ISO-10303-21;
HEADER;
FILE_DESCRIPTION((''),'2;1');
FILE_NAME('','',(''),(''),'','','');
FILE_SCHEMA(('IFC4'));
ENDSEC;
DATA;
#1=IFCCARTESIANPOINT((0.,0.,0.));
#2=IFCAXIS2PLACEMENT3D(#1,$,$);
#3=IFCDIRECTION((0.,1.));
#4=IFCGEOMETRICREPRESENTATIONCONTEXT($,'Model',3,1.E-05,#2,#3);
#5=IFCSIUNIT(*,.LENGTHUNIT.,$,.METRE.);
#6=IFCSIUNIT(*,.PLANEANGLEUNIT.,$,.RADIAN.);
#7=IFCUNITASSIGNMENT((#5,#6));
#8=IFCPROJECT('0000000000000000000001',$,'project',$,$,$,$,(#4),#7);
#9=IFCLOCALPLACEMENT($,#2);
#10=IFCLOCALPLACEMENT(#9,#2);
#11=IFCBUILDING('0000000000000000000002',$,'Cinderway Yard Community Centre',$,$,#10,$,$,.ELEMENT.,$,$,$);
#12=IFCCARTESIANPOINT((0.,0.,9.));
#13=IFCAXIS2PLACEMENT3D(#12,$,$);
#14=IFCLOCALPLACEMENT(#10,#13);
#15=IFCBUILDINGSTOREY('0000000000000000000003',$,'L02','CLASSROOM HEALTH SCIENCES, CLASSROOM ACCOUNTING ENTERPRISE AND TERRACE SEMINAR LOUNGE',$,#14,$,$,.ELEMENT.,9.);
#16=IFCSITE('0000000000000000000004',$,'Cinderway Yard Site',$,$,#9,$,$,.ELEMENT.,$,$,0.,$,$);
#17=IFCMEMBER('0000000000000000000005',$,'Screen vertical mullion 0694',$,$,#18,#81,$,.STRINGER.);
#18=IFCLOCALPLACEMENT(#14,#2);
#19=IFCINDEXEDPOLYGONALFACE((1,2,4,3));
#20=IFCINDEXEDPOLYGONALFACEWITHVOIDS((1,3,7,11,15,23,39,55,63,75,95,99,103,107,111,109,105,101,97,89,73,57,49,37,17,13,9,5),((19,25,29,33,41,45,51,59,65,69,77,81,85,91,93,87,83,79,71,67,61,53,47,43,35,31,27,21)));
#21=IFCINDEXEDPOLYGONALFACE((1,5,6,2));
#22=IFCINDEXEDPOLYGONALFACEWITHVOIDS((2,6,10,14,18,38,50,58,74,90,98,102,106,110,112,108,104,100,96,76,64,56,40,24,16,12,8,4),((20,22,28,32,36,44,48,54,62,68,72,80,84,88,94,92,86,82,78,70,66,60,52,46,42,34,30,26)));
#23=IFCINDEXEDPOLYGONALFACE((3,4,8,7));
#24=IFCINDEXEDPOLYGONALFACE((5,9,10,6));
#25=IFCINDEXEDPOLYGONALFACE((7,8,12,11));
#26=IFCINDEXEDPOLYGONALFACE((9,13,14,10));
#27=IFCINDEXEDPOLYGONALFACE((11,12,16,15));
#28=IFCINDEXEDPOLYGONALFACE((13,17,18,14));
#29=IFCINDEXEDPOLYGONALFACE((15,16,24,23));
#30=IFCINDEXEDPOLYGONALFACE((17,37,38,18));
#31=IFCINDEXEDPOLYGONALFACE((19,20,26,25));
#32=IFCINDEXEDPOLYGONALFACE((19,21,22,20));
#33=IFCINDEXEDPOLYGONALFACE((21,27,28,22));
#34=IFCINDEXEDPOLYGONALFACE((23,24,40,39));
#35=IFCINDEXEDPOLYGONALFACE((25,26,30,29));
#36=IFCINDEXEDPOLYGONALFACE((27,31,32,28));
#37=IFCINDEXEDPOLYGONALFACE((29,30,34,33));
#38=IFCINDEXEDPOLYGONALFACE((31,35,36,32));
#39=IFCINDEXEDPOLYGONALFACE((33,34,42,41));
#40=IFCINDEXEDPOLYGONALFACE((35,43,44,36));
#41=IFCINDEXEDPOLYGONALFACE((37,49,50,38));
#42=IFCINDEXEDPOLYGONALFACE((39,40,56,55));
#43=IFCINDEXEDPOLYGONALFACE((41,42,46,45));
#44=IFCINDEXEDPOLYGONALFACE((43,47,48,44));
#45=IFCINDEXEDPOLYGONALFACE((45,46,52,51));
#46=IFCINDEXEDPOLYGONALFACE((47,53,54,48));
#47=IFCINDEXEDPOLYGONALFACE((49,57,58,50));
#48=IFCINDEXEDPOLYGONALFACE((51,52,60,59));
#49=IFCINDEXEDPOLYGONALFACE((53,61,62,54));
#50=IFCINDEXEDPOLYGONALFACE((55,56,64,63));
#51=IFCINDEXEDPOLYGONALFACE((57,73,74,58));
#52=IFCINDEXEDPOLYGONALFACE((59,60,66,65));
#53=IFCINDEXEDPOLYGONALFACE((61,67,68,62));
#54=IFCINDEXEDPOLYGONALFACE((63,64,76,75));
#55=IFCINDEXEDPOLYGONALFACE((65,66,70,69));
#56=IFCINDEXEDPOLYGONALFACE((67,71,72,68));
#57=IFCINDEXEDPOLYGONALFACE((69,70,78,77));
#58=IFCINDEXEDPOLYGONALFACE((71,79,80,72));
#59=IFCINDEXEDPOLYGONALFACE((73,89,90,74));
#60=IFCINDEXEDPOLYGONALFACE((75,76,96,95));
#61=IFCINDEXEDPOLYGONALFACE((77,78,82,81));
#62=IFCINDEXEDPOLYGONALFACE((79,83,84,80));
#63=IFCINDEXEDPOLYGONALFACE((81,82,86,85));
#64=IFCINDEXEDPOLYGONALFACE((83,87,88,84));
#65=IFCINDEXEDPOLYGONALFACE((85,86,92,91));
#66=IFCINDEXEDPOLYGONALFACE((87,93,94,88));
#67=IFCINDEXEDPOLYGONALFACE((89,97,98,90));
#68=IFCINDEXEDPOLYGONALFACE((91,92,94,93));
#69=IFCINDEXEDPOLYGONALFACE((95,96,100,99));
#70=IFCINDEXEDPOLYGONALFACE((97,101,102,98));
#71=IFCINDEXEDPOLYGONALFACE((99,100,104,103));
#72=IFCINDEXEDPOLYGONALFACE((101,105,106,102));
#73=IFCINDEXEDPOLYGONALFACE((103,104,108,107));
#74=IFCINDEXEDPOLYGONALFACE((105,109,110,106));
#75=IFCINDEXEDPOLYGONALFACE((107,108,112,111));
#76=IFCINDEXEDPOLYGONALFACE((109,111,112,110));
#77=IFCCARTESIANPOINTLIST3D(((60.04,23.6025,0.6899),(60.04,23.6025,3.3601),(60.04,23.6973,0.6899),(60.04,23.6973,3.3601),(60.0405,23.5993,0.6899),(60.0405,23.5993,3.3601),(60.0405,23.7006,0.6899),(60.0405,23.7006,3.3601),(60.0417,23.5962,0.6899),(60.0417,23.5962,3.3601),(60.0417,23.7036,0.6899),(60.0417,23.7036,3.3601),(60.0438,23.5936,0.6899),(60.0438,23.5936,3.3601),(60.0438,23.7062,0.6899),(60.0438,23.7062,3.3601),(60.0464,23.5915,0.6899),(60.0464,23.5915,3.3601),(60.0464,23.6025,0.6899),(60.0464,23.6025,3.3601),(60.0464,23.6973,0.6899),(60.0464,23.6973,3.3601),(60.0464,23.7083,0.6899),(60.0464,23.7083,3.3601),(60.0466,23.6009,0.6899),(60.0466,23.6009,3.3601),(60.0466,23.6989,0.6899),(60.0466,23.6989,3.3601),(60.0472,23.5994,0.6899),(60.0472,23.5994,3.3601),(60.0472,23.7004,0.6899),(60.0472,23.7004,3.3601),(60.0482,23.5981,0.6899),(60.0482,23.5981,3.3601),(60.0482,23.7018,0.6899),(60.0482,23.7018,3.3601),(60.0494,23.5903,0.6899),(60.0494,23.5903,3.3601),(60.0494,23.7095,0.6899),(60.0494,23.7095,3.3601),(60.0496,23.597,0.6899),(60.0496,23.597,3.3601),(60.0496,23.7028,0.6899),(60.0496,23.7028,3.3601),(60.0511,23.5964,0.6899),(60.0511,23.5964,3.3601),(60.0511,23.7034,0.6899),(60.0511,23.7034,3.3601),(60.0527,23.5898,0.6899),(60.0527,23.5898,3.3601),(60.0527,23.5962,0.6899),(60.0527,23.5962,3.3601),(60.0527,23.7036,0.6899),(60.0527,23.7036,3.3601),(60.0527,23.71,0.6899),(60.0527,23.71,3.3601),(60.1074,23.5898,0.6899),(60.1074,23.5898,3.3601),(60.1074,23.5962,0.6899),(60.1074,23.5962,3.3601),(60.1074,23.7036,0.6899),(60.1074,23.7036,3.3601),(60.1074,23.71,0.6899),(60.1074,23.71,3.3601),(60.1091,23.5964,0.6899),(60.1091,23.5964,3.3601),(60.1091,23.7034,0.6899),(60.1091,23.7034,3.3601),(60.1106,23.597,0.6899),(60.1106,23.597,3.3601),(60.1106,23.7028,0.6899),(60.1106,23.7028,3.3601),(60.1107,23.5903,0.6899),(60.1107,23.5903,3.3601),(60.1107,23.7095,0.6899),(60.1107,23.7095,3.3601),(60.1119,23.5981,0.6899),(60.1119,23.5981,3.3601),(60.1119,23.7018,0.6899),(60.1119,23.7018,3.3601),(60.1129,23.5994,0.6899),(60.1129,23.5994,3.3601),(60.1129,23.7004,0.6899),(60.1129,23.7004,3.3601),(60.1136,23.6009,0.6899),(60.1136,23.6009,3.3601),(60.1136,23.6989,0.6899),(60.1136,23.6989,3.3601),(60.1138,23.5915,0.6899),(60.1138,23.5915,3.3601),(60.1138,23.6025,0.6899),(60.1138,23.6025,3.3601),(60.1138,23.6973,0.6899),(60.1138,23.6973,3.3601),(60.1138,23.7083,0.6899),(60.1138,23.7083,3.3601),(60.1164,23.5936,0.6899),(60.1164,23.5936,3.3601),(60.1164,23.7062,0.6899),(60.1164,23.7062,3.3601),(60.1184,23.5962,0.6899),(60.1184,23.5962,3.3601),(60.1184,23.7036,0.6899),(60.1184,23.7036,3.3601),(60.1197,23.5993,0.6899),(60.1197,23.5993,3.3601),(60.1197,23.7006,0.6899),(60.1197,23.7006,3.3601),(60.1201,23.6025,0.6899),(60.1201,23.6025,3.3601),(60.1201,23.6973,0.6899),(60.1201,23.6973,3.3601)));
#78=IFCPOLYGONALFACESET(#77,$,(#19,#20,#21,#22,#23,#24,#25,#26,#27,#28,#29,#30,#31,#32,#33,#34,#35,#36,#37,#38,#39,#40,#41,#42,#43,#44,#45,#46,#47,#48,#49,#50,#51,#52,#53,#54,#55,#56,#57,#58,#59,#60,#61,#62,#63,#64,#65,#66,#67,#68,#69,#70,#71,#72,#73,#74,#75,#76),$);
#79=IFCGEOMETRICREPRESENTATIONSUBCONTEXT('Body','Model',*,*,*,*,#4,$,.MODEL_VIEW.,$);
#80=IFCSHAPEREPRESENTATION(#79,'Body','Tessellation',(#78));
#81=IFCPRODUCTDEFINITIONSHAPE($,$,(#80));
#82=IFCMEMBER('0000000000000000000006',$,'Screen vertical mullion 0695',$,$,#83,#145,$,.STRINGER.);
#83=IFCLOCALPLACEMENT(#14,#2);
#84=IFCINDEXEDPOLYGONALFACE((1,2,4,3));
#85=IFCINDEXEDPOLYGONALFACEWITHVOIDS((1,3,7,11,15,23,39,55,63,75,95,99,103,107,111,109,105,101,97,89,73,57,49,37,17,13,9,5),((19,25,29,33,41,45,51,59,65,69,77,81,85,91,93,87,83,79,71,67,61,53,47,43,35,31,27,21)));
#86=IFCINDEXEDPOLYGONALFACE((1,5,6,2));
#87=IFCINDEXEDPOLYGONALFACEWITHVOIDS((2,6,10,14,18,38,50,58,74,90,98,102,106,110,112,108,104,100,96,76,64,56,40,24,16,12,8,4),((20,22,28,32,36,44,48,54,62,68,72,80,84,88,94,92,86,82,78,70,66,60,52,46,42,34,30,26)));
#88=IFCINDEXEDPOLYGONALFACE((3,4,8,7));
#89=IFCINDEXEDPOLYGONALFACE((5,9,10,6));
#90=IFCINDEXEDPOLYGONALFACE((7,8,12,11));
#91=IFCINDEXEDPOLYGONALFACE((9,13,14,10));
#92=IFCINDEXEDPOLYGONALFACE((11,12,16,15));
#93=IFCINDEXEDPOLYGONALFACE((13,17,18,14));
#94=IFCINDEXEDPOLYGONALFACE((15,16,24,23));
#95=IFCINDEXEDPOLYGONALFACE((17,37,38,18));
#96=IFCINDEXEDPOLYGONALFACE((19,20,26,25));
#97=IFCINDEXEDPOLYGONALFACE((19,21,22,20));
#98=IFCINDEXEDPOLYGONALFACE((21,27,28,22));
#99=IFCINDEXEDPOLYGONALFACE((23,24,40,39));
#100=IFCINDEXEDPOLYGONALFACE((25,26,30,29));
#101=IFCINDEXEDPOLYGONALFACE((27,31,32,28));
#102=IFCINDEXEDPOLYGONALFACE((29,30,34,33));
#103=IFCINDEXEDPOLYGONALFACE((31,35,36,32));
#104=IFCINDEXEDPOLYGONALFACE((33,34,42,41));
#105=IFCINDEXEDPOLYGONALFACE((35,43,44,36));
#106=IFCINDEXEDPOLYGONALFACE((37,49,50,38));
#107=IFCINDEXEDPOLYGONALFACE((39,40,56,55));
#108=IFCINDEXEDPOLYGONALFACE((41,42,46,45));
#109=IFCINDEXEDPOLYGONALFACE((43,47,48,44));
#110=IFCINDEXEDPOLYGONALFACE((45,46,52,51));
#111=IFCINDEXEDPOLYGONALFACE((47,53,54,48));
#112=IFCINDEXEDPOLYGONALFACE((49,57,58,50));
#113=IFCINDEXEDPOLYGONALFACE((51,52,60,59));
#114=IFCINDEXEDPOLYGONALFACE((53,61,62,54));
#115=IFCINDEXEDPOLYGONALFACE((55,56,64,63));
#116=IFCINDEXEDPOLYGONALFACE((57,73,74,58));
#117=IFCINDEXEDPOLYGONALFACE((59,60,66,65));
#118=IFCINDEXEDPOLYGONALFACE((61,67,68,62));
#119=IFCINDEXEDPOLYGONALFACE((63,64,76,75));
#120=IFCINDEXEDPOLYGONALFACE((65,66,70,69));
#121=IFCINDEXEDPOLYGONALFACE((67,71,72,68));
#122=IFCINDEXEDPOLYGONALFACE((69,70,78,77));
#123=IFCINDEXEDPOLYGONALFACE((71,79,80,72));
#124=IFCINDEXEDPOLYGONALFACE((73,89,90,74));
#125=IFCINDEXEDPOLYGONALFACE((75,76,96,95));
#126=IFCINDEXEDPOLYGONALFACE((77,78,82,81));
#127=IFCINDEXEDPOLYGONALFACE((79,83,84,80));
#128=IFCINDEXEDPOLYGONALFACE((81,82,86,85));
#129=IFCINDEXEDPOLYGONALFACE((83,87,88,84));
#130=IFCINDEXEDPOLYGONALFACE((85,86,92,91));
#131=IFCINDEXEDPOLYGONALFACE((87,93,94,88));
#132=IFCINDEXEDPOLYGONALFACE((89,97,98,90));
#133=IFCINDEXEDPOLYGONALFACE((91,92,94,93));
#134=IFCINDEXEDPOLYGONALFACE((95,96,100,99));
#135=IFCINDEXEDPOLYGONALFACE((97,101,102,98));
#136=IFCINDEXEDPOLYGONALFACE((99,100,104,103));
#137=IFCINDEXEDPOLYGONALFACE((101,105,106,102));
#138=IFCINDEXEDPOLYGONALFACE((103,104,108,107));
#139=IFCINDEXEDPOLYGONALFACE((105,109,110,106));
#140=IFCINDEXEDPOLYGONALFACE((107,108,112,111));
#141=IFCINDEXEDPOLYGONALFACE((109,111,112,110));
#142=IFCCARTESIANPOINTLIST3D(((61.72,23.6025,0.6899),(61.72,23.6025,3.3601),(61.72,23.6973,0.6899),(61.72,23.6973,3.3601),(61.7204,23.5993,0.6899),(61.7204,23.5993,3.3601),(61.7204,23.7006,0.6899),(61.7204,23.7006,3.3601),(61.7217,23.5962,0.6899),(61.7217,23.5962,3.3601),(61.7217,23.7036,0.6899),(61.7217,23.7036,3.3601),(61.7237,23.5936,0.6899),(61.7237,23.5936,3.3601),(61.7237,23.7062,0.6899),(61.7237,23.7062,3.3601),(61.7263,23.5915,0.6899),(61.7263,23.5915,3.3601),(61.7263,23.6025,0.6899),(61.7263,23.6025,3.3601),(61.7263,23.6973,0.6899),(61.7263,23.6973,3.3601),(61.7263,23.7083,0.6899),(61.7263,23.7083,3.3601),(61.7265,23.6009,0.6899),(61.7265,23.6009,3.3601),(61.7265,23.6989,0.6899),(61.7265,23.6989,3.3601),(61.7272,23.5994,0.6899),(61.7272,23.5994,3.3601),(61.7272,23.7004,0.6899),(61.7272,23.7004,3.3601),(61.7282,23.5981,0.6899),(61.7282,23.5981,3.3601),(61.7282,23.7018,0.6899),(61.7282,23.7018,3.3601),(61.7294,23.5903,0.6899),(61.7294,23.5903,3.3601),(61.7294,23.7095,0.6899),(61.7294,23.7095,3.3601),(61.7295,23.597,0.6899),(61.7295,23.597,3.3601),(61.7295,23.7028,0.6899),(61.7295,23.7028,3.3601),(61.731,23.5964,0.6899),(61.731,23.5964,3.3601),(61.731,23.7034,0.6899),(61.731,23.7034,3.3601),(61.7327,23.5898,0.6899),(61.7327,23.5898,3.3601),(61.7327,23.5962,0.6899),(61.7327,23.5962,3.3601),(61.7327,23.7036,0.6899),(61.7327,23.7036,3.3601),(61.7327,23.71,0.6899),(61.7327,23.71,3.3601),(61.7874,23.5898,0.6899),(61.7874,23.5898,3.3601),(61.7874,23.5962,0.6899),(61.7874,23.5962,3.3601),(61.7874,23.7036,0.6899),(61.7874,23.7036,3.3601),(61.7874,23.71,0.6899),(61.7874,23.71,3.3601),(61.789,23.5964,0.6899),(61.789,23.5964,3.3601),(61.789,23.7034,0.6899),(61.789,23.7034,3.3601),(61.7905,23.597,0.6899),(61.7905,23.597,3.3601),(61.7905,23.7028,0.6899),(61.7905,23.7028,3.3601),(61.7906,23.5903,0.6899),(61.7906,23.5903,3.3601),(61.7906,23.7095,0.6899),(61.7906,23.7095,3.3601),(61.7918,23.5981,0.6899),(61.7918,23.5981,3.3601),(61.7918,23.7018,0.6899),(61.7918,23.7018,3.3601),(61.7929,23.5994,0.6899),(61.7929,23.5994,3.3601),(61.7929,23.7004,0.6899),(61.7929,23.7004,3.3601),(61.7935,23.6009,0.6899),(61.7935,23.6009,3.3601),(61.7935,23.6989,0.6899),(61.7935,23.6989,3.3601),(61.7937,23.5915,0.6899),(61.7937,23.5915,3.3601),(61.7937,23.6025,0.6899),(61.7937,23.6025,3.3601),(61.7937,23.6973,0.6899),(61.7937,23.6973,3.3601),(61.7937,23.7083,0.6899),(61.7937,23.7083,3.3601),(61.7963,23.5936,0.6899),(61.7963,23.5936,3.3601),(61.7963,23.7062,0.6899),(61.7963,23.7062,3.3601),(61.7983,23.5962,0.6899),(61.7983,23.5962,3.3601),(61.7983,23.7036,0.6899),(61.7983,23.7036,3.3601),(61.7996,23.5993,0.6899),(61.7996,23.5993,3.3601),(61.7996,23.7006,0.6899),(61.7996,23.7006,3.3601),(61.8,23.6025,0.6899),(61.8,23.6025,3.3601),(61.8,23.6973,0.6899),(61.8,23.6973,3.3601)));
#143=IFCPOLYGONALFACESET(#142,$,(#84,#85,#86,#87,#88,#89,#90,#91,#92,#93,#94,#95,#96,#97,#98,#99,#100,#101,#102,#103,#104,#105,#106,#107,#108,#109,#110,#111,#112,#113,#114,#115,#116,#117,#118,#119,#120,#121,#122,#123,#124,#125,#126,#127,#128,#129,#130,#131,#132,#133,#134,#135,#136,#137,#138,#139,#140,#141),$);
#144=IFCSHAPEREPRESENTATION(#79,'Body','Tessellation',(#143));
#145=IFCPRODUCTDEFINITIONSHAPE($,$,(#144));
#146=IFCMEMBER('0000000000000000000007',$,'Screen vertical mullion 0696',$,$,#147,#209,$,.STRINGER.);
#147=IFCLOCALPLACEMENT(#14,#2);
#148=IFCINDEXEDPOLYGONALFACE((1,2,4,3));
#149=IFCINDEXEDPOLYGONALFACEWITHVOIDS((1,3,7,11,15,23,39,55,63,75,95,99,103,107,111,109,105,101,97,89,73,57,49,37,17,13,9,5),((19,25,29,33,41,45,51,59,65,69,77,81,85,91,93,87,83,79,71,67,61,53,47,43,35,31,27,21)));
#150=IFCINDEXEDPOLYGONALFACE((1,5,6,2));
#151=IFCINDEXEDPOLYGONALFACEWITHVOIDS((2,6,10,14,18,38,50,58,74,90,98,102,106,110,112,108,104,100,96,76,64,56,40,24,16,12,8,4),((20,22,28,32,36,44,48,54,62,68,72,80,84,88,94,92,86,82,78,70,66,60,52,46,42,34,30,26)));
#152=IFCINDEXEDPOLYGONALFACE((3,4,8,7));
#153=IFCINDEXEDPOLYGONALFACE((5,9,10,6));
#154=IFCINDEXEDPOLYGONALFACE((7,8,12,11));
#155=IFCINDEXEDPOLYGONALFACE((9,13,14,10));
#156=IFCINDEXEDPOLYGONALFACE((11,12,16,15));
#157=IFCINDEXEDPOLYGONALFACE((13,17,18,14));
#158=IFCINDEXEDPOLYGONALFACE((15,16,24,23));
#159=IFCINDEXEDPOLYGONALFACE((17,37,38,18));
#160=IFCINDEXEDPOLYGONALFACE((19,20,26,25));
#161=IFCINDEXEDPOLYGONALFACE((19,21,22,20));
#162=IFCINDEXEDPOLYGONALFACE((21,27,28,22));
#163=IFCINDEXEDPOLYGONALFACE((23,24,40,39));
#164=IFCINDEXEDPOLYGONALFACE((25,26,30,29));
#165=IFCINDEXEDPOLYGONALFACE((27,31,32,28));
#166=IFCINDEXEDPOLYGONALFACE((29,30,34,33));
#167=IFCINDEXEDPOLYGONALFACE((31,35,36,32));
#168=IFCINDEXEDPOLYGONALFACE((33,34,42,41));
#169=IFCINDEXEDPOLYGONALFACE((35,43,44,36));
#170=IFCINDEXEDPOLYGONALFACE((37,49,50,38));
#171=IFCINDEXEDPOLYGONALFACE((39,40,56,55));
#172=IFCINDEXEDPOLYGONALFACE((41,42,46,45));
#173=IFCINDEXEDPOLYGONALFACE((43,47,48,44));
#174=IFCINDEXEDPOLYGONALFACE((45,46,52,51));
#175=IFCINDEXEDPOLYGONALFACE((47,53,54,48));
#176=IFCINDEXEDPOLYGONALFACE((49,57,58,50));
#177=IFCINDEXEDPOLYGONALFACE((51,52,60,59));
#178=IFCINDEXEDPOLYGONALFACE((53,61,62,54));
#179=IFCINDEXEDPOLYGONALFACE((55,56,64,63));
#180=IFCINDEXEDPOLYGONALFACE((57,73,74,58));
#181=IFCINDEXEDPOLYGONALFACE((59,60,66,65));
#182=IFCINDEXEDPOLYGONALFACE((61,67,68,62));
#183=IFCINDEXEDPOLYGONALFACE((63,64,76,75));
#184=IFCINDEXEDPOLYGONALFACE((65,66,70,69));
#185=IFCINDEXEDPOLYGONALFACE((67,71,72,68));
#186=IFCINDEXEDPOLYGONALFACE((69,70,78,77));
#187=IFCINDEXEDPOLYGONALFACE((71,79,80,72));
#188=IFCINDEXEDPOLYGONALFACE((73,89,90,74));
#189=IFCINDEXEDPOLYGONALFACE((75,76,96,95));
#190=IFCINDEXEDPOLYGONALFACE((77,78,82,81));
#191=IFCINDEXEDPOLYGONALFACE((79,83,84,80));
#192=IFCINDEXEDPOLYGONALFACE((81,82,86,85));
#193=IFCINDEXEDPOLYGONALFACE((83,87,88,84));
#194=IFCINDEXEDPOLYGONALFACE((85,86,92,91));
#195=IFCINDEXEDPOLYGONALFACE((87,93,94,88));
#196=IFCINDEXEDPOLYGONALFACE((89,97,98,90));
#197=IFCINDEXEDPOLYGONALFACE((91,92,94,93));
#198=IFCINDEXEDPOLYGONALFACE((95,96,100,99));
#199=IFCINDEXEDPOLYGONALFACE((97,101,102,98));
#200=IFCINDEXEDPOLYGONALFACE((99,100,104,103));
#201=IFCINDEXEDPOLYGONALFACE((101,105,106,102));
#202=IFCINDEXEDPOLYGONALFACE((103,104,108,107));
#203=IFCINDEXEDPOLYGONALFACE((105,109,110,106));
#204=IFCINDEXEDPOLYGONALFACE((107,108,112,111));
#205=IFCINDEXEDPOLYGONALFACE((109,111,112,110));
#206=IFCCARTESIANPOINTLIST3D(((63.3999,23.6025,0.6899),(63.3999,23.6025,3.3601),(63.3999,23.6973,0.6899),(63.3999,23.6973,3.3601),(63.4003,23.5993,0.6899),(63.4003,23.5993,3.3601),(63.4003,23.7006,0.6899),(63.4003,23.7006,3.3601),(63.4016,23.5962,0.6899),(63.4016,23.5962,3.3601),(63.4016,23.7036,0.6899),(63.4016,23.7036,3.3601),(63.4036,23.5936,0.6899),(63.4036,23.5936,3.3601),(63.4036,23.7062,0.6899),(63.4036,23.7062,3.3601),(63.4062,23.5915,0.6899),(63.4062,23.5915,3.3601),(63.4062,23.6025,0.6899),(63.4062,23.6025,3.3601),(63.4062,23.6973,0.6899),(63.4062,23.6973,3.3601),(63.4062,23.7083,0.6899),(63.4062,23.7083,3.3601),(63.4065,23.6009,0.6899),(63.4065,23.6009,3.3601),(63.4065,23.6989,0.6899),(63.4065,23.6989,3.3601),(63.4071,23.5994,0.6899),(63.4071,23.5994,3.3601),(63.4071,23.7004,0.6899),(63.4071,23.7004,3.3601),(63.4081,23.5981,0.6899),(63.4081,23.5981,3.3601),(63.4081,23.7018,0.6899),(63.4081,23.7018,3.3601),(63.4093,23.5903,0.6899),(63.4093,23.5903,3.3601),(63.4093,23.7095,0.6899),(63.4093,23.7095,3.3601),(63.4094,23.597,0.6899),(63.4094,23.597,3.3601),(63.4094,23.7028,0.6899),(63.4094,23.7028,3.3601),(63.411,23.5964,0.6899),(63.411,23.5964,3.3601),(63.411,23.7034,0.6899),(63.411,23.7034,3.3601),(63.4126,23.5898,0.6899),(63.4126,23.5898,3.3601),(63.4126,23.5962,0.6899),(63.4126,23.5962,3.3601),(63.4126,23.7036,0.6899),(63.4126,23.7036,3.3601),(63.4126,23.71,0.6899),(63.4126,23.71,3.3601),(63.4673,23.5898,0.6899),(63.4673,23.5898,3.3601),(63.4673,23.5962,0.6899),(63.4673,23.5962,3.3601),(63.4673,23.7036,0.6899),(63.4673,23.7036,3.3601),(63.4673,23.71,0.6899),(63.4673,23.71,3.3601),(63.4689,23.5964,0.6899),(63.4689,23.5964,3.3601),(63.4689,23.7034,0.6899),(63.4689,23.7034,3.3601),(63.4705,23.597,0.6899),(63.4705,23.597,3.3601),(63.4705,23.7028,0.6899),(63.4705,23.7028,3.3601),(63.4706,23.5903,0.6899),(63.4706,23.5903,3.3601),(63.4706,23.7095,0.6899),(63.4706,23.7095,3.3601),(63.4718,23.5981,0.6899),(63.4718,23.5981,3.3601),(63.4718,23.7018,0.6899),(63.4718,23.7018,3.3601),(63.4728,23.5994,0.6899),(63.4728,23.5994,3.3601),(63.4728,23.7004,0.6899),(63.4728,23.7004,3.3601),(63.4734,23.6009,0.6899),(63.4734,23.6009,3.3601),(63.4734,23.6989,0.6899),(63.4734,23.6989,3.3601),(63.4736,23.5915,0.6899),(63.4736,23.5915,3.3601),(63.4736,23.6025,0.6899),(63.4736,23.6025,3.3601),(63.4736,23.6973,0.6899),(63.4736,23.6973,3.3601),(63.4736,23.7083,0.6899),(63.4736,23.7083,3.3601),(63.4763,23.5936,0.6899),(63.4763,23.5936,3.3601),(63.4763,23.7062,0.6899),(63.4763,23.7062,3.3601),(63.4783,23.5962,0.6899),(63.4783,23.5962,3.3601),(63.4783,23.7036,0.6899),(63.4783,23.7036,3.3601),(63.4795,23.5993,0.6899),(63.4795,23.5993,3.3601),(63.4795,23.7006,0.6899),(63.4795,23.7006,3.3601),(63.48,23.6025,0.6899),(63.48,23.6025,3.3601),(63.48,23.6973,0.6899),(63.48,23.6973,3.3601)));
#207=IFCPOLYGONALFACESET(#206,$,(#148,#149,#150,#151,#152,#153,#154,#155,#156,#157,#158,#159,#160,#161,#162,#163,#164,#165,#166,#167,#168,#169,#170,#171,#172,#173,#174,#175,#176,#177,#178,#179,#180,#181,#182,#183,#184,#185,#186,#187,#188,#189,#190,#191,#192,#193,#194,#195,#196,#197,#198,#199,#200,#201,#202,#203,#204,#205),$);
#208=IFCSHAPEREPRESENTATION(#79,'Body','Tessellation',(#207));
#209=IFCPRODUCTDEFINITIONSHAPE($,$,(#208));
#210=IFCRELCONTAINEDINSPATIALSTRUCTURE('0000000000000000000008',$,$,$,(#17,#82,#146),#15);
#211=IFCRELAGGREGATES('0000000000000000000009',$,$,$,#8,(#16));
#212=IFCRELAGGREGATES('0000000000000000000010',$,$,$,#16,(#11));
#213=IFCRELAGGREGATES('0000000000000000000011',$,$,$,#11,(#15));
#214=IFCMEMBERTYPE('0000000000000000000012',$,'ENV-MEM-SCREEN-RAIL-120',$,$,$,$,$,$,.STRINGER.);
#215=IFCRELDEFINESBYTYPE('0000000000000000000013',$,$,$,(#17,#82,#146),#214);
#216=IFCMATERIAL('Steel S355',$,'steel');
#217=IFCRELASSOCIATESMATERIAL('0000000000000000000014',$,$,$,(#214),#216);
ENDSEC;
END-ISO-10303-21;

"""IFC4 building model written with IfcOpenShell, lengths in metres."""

from ifc_helpers import new_model, si_unit, direction, frame, origin, origin_2d, place, context, subcontext, project, spatial, hollow_rectangle, extrude, material, material_profile, profile_set, type_object, element, save


model = new_model("IFC4")

# Units and contexts
model_context = context("Model", 3, precision=1e-05, world=origin(), true_north=direction((0.0, 1.0)))
body_context = subcontext(model_context, "Body", "Model", "MODEL_VIEW")
ifc_project = project(units=[si_unit("LENGTHUNIT", "METRE"), si_unit("PLANEANGLEUNIT", "RADIAN")], contexts=[model_context])

# Site, building, storey
site_placement = place(None, origin())
site = spatial("IfcSite", under=ifc_project, at=site_placement, Name="Cinderway Yard Site", CompositionType="ELEMENT", RefElevation=0.0)
building_placement = place(site_placement, origin())
building = spatial("IfcBuilding", under=site, at=building_placement, Name="Cinderway Yard Community Centre", CompositionType="ELEMENT")
storey_placement = place(building_placement, frame((0.0, 0.0, 9.0)))
storey = spatial("IfcBuildingStorey", under=building, at=storey_placement, Name="L02", Description="CLASSROOM HEALTH SCIENCES, CLASSROOM ACCOUNTING ENTERPRISE AND TERRACE SEMINAR LOUNGE", CompositionType="ELEMENT", Elevation=9.0)

# Members
ifc_material_1 = material(Name="Steel S355", Category="steel")
ifc_material_profile_1 = material_profile(ifc_material_1, hollow_rectangle(XDim=0.0801, YDim=0.1201, WallThickness=0.0063, InnerFilletRadius=0.0063, OuterFilletRadius=0.0127, at=origin_2d()), Name="Steel S355")
ifc_profile_set_1 = profile_set([ifc_material_profile_1], Name="Steel S355")
member_type_1 = type_object("IfcMemberType", Name="ENV-MEM-SCREEN-RAIL-120", PredefinedType="STRINGER", material=ifc_profile_set_1)
for number, where, z_axis, x_axis, name in (
    (1, (60.0801, 23.6499, 0.6899), (0.0, 0.0, 1.0), (1.0, 0.0, 0.0), "Screen vertical mullion 0694"),
    (2, (61.76, 23.6499, 0.6899), (0.0, 0.0, 1.0), (1.0, 0.0, 0.0), "Screen vertical mullion 0695"),
    (3, (63.4399, 23.6499, 0.6899), (0.0, 0.0, 1.0), (1.0, 0.0, 0.0), "Screen vertical mullion 0696"),
):
    element("IfcMember", number, at=place(storey_placement, frame(where, z_axis=z_axis, x_axis=x_axis)), inside=storey, type_object=member_type_1, Name=name, PredefinedType="STRINGER", context=body_context, shape_type="SweptSolid", body=[
        extrude(hollow_rectangle(XDim=0.0801, YDim=0.1201, WallThickness=0.0063, InnerFilletRadius=0.0063, OuterFilletRadius=0.0127, at=origin_2d()), origin(), (0.0, 0.0, 1.0), 2.6702),
    ])

save(model, "model.ifc")
